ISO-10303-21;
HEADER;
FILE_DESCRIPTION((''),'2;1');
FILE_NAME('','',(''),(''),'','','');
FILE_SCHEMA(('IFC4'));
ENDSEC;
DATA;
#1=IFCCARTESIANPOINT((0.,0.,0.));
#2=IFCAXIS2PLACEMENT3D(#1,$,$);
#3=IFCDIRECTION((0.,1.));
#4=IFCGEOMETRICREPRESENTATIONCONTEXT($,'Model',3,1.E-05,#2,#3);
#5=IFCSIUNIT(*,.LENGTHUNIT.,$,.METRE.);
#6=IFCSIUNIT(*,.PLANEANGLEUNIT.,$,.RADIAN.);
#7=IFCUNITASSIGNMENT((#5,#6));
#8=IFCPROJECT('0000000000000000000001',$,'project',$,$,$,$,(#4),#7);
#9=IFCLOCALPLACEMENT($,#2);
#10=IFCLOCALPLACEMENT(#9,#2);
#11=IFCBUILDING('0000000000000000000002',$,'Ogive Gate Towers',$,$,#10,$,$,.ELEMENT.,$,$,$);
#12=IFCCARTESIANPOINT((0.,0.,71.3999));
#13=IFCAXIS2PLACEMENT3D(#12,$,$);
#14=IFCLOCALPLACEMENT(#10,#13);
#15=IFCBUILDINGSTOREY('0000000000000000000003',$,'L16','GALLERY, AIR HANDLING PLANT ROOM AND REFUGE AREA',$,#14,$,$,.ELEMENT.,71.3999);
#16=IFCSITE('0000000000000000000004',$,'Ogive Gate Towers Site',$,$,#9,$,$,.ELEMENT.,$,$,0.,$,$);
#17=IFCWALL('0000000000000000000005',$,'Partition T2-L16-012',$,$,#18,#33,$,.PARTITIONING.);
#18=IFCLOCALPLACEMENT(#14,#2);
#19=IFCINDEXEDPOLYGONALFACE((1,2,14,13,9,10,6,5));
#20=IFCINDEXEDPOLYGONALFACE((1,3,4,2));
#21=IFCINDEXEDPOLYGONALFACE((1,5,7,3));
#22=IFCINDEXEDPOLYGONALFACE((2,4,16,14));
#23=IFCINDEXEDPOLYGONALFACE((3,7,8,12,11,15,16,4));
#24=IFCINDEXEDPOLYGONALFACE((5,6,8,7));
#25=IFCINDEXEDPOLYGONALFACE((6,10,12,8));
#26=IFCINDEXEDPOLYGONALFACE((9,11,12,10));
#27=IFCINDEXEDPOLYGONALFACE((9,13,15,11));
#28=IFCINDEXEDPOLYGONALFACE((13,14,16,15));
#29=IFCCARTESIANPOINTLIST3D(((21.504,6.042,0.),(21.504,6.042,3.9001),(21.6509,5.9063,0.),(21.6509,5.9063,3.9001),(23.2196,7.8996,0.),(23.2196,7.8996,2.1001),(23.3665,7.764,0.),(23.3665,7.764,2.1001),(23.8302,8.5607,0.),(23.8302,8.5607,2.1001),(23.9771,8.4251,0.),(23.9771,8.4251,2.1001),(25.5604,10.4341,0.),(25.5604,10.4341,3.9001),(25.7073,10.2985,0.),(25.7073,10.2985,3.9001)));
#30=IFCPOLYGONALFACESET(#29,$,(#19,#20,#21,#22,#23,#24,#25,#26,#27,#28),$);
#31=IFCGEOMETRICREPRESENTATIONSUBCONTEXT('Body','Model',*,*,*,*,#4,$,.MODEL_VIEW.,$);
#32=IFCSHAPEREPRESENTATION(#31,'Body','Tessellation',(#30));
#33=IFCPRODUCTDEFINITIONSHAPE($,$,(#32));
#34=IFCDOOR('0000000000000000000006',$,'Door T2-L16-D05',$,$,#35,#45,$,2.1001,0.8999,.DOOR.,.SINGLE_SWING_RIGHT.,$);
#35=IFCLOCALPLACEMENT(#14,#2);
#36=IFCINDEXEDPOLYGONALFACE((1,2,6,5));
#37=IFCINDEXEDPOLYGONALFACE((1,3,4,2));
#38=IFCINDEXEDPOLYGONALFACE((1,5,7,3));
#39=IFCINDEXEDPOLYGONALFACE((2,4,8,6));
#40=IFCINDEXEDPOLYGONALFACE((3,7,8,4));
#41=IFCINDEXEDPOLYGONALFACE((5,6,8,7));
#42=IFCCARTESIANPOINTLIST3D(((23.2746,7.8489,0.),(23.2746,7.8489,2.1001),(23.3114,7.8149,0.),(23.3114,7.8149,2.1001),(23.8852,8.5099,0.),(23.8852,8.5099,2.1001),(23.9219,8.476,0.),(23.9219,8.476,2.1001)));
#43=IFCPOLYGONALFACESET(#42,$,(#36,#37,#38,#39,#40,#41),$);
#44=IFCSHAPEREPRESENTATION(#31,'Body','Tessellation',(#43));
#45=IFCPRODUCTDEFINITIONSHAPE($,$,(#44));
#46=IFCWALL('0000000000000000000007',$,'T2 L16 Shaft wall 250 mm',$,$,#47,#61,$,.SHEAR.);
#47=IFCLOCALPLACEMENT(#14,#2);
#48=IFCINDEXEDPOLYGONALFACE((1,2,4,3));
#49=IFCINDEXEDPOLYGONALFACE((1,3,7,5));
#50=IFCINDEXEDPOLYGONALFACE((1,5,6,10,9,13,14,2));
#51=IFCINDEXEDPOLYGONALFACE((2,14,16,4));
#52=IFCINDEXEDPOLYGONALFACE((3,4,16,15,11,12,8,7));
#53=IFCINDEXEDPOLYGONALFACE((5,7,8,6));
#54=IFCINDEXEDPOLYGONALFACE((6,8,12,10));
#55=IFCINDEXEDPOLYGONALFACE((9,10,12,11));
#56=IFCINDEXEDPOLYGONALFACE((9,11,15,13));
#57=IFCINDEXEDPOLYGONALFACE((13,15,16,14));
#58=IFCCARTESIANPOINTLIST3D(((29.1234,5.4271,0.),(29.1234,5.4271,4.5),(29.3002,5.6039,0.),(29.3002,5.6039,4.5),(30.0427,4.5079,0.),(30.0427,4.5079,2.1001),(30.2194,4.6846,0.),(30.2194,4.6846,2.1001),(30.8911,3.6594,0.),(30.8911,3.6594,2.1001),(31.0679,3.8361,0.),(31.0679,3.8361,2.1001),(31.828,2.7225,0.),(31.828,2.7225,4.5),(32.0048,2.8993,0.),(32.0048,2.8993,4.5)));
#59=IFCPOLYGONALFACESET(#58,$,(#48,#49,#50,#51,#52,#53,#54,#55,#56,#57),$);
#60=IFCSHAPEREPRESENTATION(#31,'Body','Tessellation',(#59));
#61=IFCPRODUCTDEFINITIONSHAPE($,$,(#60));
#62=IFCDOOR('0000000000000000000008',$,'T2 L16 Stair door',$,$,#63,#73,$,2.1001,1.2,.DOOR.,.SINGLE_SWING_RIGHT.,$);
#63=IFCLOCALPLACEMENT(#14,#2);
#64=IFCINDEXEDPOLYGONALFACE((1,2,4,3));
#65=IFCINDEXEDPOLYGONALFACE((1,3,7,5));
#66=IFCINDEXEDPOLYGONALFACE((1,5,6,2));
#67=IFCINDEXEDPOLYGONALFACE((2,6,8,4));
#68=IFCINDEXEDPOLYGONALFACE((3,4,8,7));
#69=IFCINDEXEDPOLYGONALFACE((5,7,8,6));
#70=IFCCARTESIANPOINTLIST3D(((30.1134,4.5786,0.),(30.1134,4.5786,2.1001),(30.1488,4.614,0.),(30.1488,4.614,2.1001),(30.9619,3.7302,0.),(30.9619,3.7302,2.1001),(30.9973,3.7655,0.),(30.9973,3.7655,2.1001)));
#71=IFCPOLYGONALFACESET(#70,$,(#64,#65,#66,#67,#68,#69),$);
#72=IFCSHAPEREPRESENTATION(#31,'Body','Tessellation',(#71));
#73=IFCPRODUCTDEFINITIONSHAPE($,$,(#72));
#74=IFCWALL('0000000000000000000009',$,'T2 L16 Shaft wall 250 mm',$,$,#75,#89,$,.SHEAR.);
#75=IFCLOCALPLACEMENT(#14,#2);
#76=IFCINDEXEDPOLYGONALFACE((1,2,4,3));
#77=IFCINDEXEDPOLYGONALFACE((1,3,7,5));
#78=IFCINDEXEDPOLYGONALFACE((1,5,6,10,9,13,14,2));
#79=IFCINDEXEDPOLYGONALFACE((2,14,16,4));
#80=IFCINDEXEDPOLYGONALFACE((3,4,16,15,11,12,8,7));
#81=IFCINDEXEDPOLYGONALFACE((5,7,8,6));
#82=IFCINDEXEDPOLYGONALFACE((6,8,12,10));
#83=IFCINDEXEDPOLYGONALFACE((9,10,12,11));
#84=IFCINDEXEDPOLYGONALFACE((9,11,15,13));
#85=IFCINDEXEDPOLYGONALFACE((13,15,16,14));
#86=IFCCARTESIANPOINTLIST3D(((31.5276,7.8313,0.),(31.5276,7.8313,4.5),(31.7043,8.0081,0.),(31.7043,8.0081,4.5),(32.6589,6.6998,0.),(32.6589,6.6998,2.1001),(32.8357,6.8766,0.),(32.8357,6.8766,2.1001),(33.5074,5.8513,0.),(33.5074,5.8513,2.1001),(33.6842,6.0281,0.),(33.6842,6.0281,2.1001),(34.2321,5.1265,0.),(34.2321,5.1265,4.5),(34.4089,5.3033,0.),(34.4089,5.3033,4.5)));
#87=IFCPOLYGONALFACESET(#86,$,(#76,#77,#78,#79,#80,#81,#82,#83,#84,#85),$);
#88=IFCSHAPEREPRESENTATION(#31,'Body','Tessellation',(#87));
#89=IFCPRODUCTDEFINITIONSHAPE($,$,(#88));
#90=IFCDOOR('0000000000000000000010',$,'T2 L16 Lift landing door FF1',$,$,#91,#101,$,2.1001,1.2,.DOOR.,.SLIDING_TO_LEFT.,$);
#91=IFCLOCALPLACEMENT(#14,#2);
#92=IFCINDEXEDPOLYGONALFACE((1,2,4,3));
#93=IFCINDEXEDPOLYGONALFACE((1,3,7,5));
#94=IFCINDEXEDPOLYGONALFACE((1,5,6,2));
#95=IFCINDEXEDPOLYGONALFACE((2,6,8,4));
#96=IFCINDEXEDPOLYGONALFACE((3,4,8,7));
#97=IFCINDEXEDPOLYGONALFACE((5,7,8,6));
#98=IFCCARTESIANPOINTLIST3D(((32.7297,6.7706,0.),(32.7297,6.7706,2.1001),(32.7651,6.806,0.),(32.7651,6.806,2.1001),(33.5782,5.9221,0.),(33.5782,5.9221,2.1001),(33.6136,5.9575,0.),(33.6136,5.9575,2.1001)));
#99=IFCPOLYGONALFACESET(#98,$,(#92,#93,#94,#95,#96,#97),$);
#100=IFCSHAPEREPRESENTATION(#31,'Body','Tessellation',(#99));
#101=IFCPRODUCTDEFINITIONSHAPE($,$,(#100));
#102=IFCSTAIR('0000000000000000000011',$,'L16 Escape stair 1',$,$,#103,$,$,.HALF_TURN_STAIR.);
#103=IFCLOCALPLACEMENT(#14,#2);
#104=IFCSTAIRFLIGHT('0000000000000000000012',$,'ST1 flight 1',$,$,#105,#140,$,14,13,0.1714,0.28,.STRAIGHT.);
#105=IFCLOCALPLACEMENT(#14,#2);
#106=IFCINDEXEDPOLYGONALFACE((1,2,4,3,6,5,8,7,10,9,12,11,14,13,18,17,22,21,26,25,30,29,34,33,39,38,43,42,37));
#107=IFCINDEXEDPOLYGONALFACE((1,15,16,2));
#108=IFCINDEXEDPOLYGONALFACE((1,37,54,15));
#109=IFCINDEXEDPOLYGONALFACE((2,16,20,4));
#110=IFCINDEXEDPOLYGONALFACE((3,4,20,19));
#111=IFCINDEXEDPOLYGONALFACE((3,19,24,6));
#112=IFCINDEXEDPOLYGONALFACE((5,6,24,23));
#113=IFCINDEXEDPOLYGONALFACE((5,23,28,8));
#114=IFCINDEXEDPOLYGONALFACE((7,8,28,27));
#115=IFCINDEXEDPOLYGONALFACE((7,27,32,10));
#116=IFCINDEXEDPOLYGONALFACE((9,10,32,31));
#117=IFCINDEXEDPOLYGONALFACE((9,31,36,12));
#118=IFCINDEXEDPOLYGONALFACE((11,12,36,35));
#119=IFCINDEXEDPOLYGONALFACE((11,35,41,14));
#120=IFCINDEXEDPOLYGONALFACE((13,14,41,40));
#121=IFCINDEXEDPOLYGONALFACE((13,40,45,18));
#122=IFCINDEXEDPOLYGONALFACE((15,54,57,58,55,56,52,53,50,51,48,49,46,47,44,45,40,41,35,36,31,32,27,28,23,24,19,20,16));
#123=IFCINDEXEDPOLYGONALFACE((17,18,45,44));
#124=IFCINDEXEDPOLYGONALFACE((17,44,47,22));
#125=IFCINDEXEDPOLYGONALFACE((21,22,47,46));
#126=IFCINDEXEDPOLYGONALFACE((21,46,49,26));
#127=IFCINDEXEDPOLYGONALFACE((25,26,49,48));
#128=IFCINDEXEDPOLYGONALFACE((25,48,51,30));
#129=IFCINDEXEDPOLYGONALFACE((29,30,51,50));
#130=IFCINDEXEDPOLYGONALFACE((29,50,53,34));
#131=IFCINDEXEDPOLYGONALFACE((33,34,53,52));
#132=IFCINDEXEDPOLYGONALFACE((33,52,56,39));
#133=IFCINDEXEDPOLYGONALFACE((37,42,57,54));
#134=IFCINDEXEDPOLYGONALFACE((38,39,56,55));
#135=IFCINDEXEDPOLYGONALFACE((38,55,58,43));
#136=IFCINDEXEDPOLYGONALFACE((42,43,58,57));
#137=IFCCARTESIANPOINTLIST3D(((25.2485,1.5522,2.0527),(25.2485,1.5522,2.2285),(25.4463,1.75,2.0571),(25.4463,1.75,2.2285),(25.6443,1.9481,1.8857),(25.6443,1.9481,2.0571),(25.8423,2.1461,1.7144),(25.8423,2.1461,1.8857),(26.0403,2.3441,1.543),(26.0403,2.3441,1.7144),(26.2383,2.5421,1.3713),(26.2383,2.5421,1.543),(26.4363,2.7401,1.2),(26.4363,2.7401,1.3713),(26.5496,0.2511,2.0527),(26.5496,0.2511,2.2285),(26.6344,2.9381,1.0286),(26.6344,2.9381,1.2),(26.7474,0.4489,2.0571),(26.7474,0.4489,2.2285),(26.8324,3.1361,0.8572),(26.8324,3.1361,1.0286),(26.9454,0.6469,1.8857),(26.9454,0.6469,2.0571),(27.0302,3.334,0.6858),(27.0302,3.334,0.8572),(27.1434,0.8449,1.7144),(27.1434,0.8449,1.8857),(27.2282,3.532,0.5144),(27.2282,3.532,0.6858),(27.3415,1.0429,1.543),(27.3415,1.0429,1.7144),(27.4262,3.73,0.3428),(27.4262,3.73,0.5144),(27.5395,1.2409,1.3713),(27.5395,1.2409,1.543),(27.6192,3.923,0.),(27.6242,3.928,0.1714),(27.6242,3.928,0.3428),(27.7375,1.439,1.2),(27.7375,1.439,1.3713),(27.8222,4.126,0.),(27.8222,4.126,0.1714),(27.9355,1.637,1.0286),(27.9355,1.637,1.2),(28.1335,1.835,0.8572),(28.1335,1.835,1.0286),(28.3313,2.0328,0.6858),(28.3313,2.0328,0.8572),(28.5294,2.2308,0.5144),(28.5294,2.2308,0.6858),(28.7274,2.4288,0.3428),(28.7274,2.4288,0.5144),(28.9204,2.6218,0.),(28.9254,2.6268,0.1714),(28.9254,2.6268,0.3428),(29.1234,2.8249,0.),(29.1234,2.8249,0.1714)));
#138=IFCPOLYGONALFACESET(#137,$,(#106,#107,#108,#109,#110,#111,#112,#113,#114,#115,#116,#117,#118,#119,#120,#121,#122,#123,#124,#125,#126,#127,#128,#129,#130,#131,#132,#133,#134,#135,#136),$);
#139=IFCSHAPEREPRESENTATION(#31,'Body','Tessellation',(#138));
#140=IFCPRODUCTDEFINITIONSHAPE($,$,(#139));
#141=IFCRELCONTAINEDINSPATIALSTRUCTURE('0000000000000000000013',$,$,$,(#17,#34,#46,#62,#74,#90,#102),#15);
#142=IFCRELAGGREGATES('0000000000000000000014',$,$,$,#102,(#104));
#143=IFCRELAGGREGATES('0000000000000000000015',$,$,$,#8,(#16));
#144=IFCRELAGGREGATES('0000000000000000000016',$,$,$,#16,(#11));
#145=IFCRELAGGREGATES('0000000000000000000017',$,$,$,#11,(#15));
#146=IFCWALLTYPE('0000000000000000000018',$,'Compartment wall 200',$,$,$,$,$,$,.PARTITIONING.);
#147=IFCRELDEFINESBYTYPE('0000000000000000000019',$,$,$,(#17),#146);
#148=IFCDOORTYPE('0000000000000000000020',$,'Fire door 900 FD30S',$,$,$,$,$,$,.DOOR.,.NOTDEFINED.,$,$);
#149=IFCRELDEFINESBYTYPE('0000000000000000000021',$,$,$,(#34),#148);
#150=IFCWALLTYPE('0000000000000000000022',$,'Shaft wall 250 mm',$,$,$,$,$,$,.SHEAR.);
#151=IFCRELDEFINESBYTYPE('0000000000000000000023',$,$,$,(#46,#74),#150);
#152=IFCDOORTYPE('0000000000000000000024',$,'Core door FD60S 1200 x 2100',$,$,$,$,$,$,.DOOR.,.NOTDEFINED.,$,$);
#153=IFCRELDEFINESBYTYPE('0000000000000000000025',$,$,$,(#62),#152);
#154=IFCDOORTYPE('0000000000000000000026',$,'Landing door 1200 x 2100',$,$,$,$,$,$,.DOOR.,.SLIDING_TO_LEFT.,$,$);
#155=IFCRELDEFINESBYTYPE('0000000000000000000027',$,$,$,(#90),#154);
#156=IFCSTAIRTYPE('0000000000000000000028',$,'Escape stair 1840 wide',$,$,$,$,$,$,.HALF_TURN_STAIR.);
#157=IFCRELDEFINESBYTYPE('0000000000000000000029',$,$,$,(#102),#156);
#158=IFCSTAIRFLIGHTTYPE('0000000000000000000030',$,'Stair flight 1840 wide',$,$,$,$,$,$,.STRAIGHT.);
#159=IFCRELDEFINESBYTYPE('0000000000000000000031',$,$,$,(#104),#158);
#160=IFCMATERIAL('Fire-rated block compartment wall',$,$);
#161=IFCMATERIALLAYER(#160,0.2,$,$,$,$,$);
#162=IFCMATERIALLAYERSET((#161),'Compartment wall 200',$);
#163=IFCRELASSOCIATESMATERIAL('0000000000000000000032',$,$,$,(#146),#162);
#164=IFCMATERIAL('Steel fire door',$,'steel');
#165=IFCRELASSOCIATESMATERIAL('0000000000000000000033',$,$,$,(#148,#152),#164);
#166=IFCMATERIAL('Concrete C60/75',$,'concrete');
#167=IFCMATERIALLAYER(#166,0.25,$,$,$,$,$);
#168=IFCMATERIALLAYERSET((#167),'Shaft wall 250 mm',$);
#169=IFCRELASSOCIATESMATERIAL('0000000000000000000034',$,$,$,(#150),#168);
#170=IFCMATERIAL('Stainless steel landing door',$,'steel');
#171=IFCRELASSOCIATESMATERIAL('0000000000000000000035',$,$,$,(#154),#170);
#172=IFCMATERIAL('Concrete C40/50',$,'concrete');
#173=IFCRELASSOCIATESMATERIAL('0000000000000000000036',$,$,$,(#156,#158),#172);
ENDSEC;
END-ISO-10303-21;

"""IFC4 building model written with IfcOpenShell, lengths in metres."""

from ifc_helpers import new_model, si_unit, direction, frame, frame_2d, origin, place, context, subcontext, project, spatial, polyline, rectangle, outline, extrude, material, layer, layer_set, type_object, element, fill, aggregate, save


model = new_model("IFC4")

# Units and contexts
model_context = context("Model", 3, precision=1e-05, world=origin(), true_north=direction((0.0, 1.0)))
body_context = subcontext(model_context, "Body", "Model", "MODEL_VIEW")
ifc_project = project(units=[si_unit("LENGTHUNIT", "METRE"), si_unit("PLANEANGLEUNIT", "RADIAN")], contexts=[model_context])

# Site, building, storey
site_placement = place(None, origin())
site = spatial("IfcSite", under=ifc_project, at=site_placement, Name="Ogive Gate Towers Site", CompositionType="ELEMENT", RefElevation=0.0)
building_placement = place(site_placement, origin())
building = spatial("IfcBuilding", under=site, at=building_placement, Name="Ogive Gate Towers", CompositionType="ELEMENT")
storey_placement = place(building_placement, frame((0.0, 0.0, 71.3999)))
storey = spatial("IfcBuildingStorey", under=building, at=storey_placement, Name="L16", Description="GALLERY, AIR HANDLING PLANT ROOM AND REFUGE AREA", CompositionType="ELEMENT", Elevation=71.3999)

# Shared definitions
ifc_material_1 = material(Name="Concrete C40/50", Category="concrete")

# Walls, openings, doors
ifc_material_2 = material(Name="Fire-rated block compartment wall")
ifc_layer_1 = layer(ifc_material_2, 0.2)
ifc_layer_set_1 = layer_set([ifc_layer_1], Name="Compartment wall 200")
wall_type_1 = type_object("IfcWallType", Name="Compartment wall 200", PredefinedType="PARTITIONING", material=ifc_layer_set_1)
wall_1_placement = place(storey_placement, frame((25.6338, 10.3662, 0.0), z_axis=(0.0, 0.0, 1.0), x_axis=(-0.678475, -0.734623, 0.0)))
wall_1 = element("IfcWall", 1, at=wall_1_placement, inside=storey, type_object=wall_type_1, Name="Partition T2-L16-012", PredefinedType="PARTITIONING", context=body_context, shape_type="SweptSolid", body=[
    extrude(rectangle(XDim=5.9788, YDim=0.2, at=frame_2d((2.9893, 0.0))), origin(), (0.0, 0.0, 1.0), 3.9001),
])
opening_1_placement = place(wall_1_placement, frame((2.55, 0.0, 0.0)))
opening_1 = element("IfcOpeningElement", 2, at=opening_1_placement, cuts=wall_1, PredefinedType="OPENING", context=body_context, shape_type="SweptSolid", body=[
    extrude(rectangle(XDim=0.8999, YDim=2.1001, at=frame_2d((0.45, 1.05))), frame((0.0, 0.1099, 0.0), z_axis=(0.0, -1.0, 0.0), x_axis=(1.0, 0.0, 0.0)), (0.0, 0.0, 1.0), 0.22),
])
ifc_material_3 = material(Name="Steel fire door", Category="steel")
door_type_1 = type_object("IfcDoorType", Name="Fire door 900 FD30S", OperationType="NOTDEFINED", PredefinedType="DOOR", material=ifc_material_3)
door_1_placement = place(opening_1_placement, origin())
door_1 = element("IfcDoor", 3, at=door_1_placement, inside=storey, type_object=door_type_1, Name="Door T2-L16-D05", OperationType="SINGLE_SWING_RIGHT", OverallHeight=2.1001, OverallWidth=0.8999, PredefinedType="DOOR", context=body_context, shape_type="SweptSolid", body=[
    extrude(rectangle(XDim=0.8999, YDim=2.1001, at=frame_2d((0.45, 1.05))), frame((0.0, 0.0249, 0.0), z_axis=(0.0, -1.0, 0.0), x_axis=(1.0, 0.0, 0.0)), (0.0, 0.0, 1.0), 0.05),
])
fill(opening_1, door_1)
ifc_material_4 = material(Name="Concrete C60/75", Category="concrete")
ifc_layer_2 = layer(ifc_material_4, 0.25)
ifc_layer_set_2 = layer_set([ifc_layer_2], Name="Shaft wall 250 mm")
wall_type_2 = type_object("IfcWallType", Name="Shaft wall 250 mm", PredefinedType="SHEAR", material=ifc_layer_set_2)
wall_2_placement = place(storey_placement, frame((31.9165, 2.8108, 0.0), z_axis=(0.0, 0.0, 1.0), x_axis=(-0.707107, 0.707107, 0.0)))
wall_2 = element("IfcWall", 4, at=wall_2_placement, inside=storey, type_object=wall_type_2, Name="T2 L16 Shaft wall 250 mm", PredefinedType="SHEAR", context=body_context, shape_type="SweptSolid", body=[
    extrude(rectangle(XDim=3.825, YDim=0.25, at=frame_2d((1.9126, 0.0))), origin(), (0.0, 0.0, 1.0), 4.5),
])
opening_2_placement = place(wall_2_placement, frame((1.325, 0.0, 0.0)))
opening_2 = element("IfcOpeningElement", 5, at=opening_2_placement, cuts=wall_2, PredefinedType="OPENING", context=body_context, shape_type="SweptSolid", body=[
    extrude(rectangle(XDim=1.2, YDim=2.1001, at=frame_2d((0.6001, 1.05))), frame((0.0, 0.135, 0.0), z_axis=(0.0, -1.0, 0.0), x_axis=(1.0, 0.0, 0.0)), (0.0, 0.0, 1.0), 0.27),
])
door_type_2 = type_object("IfcDoorType", Name="Core door FD60S 1200 x 2100", OperationType="NOTDEFINED", PredefinedType="DOOR", material=ifc_material_3)
door_2_placement = place(opening_2_placement, origin())
door_2 = element("IfcDoor", 6, at=door_2_placement, inside=storey, type_object=door_type_2, Name="T2 L16 Stair door", OperationType="SINGLE_SWING_RIGHT", OverallHeight=2.1001, OverallWidth=1.2, PredefinedType="DOOR", context=body_context, shape_type="SweptSolid", body=[
    extrude(rectangle(XDim=1.2, YDim=2.1001, at=frame_2d((0.6001, 1.05))), frame((0.0, 0.0249, 0.0), z_axis=(0.0, -1.0, 0.0), x_axis=(1.0, 0.0, 0.0)), (0.0, 0.0, 1.0), 0.05),
])
fill(opening_2, door_2)
wall_3_placement = place(storey_placement, frame((34.3206, 5.2148, 0.0), z_axis=(0.0, 0.0, 1.0), x_axis=(-0.707075, 0.707139, 0.0)))
wall_3 = element("IfcWall", 7, at=wall_3_placement, inside=storey, type_object=wall_type_2, Name="T2 L16 Shaft wall 250 mm", PredefinedType="SHEAR", context=body_context, shape_type="SweptSolid", body=[
    extrude(rectangle(XDim=3.825, YDim=0.25, at=frame_2d((1.9126, 0.0))), origin(), (0.0, 0.0, 1.0), 4.5),
])
opening_3_placement = place(wall_3_placement, frame((1.0249, 0.0, 0.0)))
opening_3 = element("IfcOpeningElement", 8, at=opening_3_placement, cuts=wall_3, PredefinedType="OPENING", context=body_context, shape_type="SweptSolid", body=[
    extrude(rectangle(XDim=1.2, YDim=2.1001, at=frame_2d((0.6001, 1.05))), frame((0.0, 0.135, 0.0), z_axis=(0.0, -1.0, 0.0), x_axis=(1.0, 0.0, 0.0)), (0.0, 0.0, 1.0), 0.27),
])
ifc_material_5 = material(Name="Stainless steel landing door", Category="steel")
door_type_3 = type_object("IfcDoorType", Name="Landing door 1200 x 2100", OperationType="SLIDING_TO_LEFT", PredefinedType="DOOR", material=ifc_material_5)
door_3_placement = place(opening_3_placement, origin())
door_3 = element("IfcDoor", 9, at=door_3_placement, inside=storey, type_object=door_type_3, Name="T2 L16 Lift landing door FF1", OperationType="SLIDING_TO_LEFT", OverallHeight=2.1001, OverallWidth=1.2, PredefinedType="DOOR", context=body_context, shape_type="SweptSolid", body=[
    extrude(rectangle(XDim=1.2, YDim=2.1001, at=frame_2d((0.6001, 1.05))), frame((0.0, 0.0249, 0.0), z_axis=(0.0, -1.0, 0.0), x_axis=(1.0, 0.0, 0.0)), (0.0, 0.0, 1.0), 0.05),
])
fill(opening_3, door_3)

# Stair, stair flight
stair_type = type_object("IfcStairType", Name="Escape stair 1840 wide", PredefinedType="HALF_TURN_STAIR", material=ifc_material_1)
stair_placement = place(storey_placement, origin())
stair = element("IfcStair", 10, at=stair_placement, inside=storey, type_object=stair_type, Name="L16 Escape stair 1", PredefinedType="HALF_TURN_STAIR")
stair_flight_type = type_object("IfcStairFlightType", Name="Stair flight 1840 wide", PredefinedType="STRAIGHT", material=ifc_material_1)
stair_flight_placement = place(storey_placement, frame((28.4729, 3.4753, 0.0), z_axis=(0.0, 0.0, 1.0), x_axis=(-0.707107, -0.707107, 0.0)))
stair_flight = element("IfcStairFlight", 11, at=stair_flight_placement, type_object=stair_flight_type, Name="ST1 flight 1", NumberOfRisers=14, NumberOfTreads=13, PredefinedType="STRAIGHT", RiserHeight=0.1714, TreadLength=0.28, context=body_context, shape_type="SweptSolid", body=[
    extrude(outline(polyline([(0.0, 0.0), (0.0, 0.1714), (0.28, 0.1714), (0.28, 0.3428), (0.5601, 0.3428), (0.5601, 0.5144), (0.8401, 0.5144), (0.8401, 0.6858), (1.1201, 0.6858), (1.1201, 0.8572), (1.3999, 0.8572), (1.3999, 1.0286), (1.6799, 1.0286), (1.6799, 1.2), (1.96, 1.2), (1.96, 1.3713), (2.24, 1.3713), (2.24, 1.543), (2.52, 1.543), (2.52, 1.7144), (2.8, 1.7144), (2.8, 1.8857), (3.0801, 1.8857), (3.0801, 2.0571), (3.3601, 2.0571), (3.3601, 2.2285), (3.6399, 2.2285), (3.6399, 2.3999), (3.6399, 2.0527), (0.2871, 0.0), (0.0, 0.0)])), frame((0.0, 0.9199, 0.0), z_axis=(0.0, -1.0, 0.0), x_axis=(1.0, 0.0, 0.0)), (0.0, 0.0, 1.0), 1.8401),
])
aggregate(stair, [stair_flight])

save(model, "model.ifc")
